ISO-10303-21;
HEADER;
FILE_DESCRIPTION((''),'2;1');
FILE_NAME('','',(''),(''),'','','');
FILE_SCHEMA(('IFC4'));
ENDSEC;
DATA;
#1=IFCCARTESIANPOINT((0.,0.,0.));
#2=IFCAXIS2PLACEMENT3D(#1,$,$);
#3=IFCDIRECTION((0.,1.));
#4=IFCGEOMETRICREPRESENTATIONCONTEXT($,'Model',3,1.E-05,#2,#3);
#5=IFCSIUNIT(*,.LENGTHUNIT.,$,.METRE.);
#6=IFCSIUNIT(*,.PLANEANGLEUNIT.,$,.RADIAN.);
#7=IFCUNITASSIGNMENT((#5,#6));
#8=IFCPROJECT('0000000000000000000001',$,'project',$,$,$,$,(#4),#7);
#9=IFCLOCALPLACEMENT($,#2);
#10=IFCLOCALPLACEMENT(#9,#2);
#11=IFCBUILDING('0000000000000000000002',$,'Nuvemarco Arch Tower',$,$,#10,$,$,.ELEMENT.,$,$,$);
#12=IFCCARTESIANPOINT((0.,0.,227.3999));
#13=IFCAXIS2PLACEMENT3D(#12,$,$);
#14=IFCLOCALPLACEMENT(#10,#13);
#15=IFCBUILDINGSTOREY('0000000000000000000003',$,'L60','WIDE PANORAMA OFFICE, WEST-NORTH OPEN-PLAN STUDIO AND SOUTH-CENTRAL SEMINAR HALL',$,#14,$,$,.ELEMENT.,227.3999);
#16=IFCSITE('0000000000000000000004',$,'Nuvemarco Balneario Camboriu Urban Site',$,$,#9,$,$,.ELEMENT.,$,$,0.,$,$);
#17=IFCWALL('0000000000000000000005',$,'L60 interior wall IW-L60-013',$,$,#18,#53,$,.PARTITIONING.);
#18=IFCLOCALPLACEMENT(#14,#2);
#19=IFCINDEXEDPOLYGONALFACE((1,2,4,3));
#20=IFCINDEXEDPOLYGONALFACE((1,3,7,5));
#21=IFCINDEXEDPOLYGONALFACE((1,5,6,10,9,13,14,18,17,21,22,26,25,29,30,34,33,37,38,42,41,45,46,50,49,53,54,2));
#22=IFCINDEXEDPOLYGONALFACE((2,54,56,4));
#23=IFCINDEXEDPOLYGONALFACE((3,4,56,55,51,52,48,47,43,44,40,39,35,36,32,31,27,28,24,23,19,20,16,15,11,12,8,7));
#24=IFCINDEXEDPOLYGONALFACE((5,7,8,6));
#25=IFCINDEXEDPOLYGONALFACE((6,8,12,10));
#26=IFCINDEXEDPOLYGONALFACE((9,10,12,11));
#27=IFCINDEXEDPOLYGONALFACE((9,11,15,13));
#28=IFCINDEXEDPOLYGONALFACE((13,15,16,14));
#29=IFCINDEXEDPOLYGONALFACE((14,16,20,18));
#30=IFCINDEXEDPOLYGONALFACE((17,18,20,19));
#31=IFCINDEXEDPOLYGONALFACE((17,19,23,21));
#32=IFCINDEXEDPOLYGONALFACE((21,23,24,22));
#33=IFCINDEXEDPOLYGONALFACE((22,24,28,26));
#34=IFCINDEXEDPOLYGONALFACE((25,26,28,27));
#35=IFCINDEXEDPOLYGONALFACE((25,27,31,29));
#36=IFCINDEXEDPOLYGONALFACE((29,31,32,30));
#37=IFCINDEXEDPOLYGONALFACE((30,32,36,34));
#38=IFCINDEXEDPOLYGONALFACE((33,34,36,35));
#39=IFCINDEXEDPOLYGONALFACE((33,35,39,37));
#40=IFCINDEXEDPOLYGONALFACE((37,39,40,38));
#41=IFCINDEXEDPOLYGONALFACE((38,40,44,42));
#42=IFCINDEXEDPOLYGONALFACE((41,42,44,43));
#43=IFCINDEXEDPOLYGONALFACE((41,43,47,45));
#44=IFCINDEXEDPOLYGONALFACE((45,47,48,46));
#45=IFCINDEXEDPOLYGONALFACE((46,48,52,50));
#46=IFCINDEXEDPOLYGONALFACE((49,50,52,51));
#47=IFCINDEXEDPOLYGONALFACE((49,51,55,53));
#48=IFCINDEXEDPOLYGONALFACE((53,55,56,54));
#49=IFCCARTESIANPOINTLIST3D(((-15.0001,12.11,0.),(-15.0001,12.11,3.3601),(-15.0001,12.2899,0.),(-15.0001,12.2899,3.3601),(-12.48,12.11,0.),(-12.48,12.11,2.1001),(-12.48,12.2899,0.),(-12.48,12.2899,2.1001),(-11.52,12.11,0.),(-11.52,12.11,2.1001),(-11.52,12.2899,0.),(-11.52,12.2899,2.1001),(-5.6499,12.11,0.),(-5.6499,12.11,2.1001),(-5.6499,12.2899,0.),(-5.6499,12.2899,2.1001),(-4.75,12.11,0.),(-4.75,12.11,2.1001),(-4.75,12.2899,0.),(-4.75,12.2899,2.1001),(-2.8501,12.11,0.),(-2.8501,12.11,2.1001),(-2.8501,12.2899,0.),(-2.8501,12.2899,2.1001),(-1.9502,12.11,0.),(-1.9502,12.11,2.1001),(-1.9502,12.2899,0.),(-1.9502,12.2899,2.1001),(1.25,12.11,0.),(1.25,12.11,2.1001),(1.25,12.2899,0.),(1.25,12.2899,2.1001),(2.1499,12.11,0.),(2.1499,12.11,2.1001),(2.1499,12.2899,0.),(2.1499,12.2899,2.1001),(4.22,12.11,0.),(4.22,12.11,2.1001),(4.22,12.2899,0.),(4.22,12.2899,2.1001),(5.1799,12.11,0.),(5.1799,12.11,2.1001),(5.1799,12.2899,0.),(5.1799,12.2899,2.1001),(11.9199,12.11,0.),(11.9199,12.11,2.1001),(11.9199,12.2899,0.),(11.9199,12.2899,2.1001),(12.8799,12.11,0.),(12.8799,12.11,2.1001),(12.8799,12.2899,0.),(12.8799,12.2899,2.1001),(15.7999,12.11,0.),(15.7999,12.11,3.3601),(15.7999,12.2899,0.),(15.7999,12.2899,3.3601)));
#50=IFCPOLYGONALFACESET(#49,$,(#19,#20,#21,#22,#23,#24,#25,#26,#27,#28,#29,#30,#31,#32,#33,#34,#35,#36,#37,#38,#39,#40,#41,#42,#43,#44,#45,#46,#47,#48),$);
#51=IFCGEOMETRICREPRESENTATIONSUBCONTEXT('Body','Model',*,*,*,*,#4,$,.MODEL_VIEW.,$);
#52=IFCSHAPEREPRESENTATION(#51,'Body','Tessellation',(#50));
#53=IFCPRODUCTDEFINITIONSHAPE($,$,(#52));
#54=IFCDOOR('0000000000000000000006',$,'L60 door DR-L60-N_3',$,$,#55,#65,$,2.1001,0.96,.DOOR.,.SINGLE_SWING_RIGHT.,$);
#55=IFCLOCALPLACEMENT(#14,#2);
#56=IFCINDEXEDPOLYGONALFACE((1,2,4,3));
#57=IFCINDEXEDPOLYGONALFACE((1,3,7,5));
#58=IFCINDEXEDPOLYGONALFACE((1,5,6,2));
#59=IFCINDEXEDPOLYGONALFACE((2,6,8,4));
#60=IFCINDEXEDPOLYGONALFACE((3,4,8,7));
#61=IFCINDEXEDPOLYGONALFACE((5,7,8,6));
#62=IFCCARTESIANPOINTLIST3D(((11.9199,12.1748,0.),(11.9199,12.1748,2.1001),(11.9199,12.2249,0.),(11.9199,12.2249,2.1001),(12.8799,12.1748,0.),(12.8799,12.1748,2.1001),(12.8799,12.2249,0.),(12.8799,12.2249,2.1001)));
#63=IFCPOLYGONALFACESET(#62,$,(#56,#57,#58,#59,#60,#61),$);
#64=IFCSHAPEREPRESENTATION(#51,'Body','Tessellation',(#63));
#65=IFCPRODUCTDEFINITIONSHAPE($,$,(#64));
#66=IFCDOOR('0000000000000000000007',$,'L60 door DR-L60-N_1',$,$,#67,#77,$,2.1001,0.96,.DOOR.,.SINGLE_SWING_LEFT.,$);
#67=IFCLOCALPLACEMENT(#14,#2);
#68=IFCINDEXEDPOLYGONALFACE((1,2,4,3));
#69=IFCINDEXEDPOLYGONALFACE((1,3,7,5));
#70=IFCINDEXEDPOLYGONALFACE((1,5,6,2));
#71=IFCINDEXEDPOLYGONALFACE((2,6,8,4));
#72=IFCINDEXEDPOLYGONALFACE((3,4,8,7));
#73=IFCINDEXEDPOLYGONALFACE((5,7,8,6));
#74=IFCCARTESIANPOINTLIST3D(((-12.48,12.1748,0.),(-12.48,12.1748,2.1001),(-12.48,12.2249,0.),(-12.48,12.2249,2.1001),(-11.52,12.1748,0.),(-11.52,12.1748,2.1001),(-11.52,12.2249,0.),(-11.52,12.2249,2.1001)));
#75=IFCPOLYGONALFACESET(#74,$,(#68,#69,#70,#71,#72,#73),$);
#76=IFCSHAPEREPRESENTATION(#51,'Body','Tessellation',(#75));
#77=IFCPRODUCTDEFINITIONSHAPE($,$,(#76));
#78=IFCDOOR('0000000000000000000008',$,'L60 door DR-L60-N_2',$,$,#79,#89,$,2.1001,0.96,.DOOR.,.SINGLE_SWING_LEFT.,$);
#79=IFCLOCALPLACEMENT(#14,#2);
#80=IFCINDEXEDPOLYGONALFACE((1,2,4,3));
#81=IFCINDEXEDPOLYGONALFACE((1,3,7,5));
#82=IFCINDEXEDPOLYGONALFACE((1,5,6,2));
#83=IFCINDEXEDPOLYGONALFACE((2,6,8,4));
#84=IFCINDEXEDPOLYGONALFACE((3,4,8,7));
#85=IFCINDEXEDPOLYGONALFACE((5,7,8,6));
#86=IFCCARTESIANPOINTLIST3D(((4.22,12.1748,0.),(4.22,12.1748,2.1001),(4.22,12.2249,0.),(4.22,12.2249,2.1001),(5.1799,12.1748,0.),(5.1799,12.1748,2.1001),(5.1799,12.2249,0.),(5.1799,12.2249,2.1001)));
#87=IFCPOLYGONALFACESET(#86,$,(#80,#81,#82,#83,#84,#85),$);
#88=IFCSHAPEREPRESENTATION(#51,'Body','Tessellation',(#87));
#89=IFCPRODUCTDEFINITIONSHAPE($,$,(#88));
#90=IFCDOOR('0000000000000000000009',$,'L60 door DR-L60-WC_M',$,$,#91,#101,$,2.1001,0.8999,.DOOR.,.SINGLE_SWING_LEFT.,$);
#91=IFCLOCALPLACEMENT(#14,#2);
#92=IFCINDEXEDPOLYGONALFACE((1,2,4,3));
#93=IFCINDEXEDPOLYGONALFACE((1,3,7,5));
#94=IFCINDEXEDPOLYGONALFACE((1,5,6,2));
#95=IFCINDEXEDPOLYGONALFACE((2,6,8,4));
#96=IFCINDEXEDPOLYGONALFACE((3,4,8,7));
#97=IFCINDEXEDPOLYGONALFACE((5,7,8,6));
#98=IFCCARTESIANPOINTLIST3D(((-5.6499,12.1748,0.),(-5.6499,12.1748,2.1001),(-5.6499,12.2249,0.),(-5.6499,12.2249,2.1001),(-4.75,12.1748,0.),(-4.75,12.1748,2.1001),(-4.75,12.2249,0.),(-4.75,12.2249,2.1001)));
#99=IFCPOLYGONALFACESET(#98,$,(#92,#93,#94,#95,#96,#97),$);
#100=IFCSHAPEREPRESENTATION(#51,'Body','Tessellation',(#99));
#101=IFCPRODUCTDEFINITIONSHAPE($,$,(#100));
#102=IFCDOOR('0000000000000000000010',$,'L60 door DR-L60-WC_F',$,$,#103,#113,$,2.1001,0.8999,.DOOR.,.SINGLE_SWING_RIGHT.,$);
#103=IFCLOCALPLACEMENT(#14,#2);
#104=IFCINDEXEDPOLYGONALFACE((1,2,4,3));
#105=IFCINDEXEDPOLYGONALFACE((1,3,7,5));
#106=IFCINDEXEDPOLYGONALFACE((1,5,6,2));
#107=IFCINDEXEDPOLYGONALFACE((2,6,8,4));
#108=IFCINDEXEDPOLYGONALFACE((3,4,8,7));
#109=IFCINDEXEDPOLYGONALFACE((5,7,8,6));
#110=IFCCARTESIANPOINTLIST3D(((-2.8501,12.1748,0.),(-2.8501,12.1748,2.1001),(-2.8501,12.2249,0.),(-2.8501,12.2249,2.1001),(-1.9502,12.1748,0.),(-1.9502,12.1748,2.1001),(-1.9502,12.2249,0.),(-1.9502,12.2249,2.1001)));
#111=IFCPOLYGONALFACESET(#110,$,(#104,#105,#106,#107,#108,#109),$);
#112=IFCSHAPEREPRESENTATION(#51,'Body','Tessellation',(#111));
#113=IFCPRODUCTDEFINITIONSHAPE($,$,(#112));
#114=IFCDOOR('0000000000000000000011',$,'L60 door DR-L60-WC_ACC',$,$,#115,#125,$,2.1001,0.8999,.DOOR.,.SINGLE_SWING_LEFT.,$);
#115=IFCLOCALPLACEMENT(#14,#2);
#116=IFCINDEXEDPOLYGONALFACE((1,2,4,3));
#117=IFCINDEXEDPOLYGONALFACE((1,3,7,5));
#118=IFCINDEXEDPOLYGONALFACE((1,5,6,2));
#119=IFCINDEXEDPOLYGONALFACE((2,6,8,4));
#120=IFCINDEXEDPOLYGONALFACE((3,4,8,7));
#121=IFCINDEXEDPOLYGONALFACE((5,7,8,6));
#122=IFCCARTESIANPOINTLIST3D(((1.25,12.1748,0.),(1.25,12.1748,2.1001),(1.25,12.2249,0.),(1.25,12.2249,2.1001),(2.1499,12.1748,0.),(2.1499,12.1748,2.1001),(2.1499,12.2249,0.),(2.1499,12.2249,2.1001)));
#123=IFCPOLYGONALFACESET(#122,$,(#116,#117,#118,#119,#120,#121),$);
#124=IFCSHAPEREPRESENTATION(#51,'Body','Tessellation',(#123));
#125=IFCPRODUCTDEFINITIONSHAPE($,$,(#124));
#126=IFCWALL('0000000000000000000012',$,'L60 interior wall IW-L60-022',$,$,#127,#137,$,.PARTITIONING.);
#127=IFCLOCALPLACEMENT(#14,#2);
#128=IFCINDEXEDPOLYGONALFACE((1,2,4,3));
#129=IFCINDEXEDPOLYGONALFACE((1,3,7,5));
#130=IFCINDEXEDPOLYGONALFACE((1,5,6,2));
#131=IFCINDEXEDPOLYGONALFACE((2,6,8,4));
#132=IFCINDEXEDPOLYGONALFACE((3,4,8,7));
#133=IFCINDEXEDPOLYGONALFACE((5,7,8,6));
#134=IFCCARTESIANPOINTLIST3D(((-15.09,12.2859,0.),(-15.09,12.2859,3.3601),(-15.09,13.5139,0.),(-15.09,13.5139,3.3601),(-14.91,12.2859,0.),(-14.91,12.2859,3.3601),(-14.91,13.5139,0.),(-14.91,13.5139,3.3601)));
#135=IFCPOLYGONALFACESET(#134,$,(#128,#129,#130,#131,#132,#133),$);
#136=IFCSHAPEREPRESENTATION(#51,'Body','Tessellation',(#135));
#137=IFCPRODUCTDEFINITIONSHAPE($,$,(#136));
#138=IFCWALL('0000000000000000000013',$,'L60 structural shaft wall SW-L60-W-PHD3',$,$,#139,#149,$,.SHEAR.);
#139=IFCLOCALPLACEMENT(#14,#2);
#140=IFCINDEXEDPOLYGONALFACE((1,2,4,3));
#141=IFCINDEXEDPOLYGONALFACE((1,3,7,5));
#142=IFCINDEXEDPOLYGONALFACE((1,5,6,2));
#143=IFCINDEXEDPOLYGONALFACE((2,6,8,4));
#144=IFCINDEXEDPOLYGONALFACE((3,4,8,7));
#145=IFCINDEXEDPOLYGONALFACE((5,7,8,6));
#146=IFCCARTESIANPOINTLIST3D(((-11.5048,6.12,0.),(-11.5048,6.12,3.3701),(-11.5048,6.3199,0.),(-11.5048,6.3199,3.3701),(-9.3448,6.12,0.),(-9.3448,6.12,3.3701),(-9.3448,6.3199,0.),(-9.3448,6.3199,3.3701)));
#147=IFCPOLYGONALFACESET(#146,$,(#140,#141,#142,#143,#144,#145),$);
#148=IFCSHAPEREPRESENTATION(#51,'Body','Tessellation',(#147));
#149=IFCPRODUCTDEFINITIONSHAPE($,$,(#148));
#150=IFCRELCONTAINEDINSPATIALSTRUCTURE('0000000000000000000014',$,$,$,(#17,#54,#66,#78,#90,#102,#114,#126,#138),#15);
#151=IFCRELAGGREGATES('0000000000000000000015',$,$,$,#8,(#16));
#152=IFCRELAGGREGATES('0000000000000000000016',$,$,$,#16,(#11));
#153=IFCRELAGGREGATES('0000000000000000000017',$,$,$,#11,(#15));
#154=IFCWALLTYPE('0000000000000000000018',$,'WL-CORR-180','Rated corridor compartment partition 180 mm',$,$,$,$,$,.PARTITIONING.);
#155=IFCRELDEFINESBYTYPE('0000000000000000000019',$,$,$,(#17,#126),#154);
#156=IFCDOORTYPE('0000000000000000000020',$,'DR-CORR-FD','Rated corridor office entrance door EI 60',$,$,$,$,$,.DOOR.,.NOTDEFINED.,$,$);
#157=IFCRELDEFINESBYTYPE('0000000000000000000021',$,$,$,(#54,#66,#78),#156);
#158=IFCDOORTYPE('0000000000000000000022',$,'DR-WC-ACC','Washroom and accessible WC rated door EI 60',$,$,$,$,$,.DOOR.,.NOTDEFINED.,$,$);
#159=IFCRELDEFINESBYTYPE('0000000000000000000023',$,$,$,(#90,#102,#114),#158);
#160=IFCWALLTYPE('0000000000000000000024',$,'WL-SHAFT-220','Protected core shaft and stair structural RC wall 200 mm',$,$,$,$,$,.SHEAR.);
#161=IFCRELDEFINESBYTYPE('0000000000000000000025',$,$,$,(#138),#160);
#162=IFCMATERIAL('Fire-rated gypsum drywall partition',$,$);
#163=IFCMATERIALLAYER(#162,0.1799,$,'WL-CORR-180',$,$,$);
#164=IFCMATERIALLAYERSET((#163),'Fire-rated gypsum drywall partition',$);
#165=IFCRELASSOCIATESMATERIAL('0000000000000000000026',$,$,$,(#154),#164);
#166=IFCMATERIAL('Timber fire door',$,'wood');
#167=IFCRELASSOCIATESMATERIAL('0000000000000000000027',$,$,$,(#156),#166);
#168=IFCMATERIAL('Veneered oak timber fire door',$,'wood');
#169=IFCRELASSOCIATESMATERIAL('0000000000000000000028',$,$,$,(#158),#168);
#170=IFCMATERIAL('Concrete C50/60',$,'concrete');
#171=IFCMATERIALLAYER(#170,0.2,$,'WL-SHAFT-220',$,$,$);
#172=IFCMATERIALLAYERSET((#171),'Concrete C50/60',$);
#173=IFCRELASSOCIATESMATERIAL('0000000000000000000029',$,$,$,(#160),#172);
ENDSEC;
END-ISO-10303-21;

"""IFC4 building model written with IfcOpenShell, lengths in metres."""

from ifc_helpers import new_model, si_unit, direction, frame, frame_2d, origin, place, context, subcontext, project, spatial, rectangle, extrude, source, transform, mapped, material, layer, layer_set, type_object, type_shapes, element, fill, save


model = new_model("IFC4")

# Units and contexts
model_context = context("Model", 3, precision=1e-05, world=origin(), true_north=direction((0.0, 1.0)))
body_context = subcontext(model_context, "Body", "Model", "MODEL_VIEW")
ifc_project = project(units=[si_unit("LENGTHUNIT", "METRE"), si_unit("PLANEANGLEUNIT", "RADIAN")], contexts=[model_context])

# Site, building, storey
site_placement = place(None, origin())
site = spatial("IfcSite", under=ifc_project, at=site_placement, Name="Nuvemarco Balneario Camboriu Urban Site", CompositionType="ELEMENT", RefElevation=0.0)
building_placement = place(site_placement, origin())
building = spatial("IfcBuilding", under=site, at=building_placement, Name="Nuvemarco Arch Tower", CompositionType="ELEMENT")
storey_placement = place(building_placement, frame((0.0, 0.0, 227.3999)))
storey = spatial("IfcBuildingStorey", under=building, at=storey_placement, Name="L60", Description="WIDE PANORAMA OFFICE, WEST-NORTH OPEN-PLAN STUDIO AND SOUTH-CENTRAL SEMINAR HALL", CompositionType="ELEMENT", Elevation=227.3999)

# Shared definitions
ifc_material_1 = material(Name="Concrete C50/60", Category="concrete")

# Shared definitions
ifc_material_2 = material(Name="Fire-rated gypsum drywall partition")
ifc_layer_1 = layer(ifc_material_2, 0.1799, Name="WL-CORR-180")
ifc_layer_set_1 = layer_set([ifc_layer_1], Name="Fire-rated gypsum drywall partition")
wall_type_1 = type_object("IfcWallType", Name="WL-CORR-180", Description="Rated corridor compartment partition 180 mm", PredefinedType="PARTITIONING", material=ifc_layer_set_1)

# Wall, openings, doors
wall_1_placement = place(storey_placement, frame((-15.0, 12.2, 0.0), z_axis=(0.0, 0.0, 1.0), x_axis=(1.0, 0.0, 0.0)))
wall_1 = element("IfcWall", 1, at=wall_1_placement, inside=storey, type_object=wall_type_1, Name="L60 interior wall IW-L60-013", PredefinedType="PARTITIONING", context=body_context, shape_type="SweptSolid", body=[
    extrude(rectangle(XDim=30.8, YDim=0.1799, at=frame_2d((15.3999, 0.0))), origin(), (0.0, 0.0, 1.0), 3.3601),
])
opening_1_placement = place(wall_1_placement, frame((26.9199, 0.0, 0.0)))
opening_1 = element("IfcOpeningElement", 2, at=opening_1_placement, cuts=wall_1, PredefinedType="OPENING", context=body_context, shape_type="SweptSolid", body=[
    extrude(rectangle(XDim=0.96, YDim=2.1001, at=frame_2d((0.48, 1.05))), frame((0.0, 0.0999, 0.0), z_axis=(0.0, -1.0, 0.0), x_axis=(1.0, 0.0, 0.0)), (0.0, 0.0, 1.0), 0.2),
])
opening_2_placement = place(wall_1_placement, frame((2.52, 0.0, 0.0)))
opening_2 = element("IfcOpeningElement", 3, at=opening_2_placement, cuts=wall_1, PredefinedType="OPENING", context=body_context, shape_type="SweptSolid", body=[
    extrude(rectangle(XDim=0.96, YDim=2.1001, at=frame_2d((0.48, 1.05))), frame((0.0, 0.0999, 0.0), z_axis=(0.0, -1.0, 0.0), x_axis=(1.0, 0.0, 0.0)), (0.0, 0.0, 1.0), 0.2),
])
opening_3_placement = place(wall_1_placement, frame((19.22, 0.0, 0.0)))
opening_3 = element("IfcOpeningElement", 4, at=opening_3_placement, cuts=wall_1, PredefinedType="OPENING", context=body_context, shape_type="SweptSolid", body=[
    extrude(rectangle(XDim=0.96, YDim=2.1001, at=frame_2d((0.48, 1.05))), frame((0.0, 0.0999, 0.0), z_axis=(0.0, -1.0, 0.0), x_axis=(1.0, 0.0, 0.0)), (0.0, 0.0, 1.0), 0.2),
])
opening_4_placement = place(wall_1_placement, frame((9.3501, 0.0, 0.0)))
opening_4 = element("IfcOpeningElement", 5, at=opening_4_placement, cuts=wall_1, PredefinedType="OPENING", context=body_context, shape_type="SweptSolid", body=[
    extrude(rectangle(XDim=0.8999, YDim=2.1001, at=frame_2d((0.45, 1.05))), frame((0.0, 0.0999, 0.0), z_axis=(0.0, -1.0, 0.0), x_axis=(1.0, 0.0, 0.0)), (0.0, 0.0, 1.0), 0.2),
])
opening_5_placement = place(wall_1_placement, frame((12.1499, 0.0, 0.0)))
opening_5 = element("IfcOpeningElement", 6, at=opening_5_placement, cuts=wall_1, PredefinedType="OPENING", context=body_context, shape_type="SweptSolid", body=[
    extrude(rectangle(XDim=0.8999, YDim=2.1001, at=frame_2d((0.45, 1.05))), frame((0.0, 0.0999, 0.0), z_axis=(0.0, -1.0, 0.0), x_axis=(1.0, 0.0, 0.0)), (0.0, 0.0, 1.0), 0.2),
])
opening_6_placement = place(wall_1_placement, frame((16.25, 0.0, 0.0)))
opening_6 = element("IfcOpeningElement", 7, at=opening_6_placement, cuts=wall_1, PredefinedType="OPENING", context=body_context, shape_type="SweptSolid", body=[
    extrude(rectangle(XDim=0.8999, YDim=2.1001, at=frame_2d((0.45, 1.05))), frame((0.0, 0.0999, 0.0), z_axis=(0.0, -1.0, 0.0), x_axis=(1.0, 0.0, 0.0)), (0.0, 0.0, 1.0), 0.2),
])
ifc_material_3 = material(Name="Timber fire door", Category="wood")
door_type_1 = type_object("IfcDoorType", Name="DR-CORR-FD", Description="Rated corridor office entrance door EI 60", OperationType="NOTDEFINED", PredefinedType="DOOR", material=ifc_material_3)
shared_shape_1 = source(origin(), body_context, "Body", "SweptSolid", [
    extrude(rectangle(XDim=0.96, YDim=2.1001, at=frame_2d((0.48, 1.05))), frame((0.0, 0.0249, 0.0), z_axis=(0.0, -1.0, 0.0), x_axis=(1.0, 0.0, 0.0)), (0.0, 0.0, 1.0), 0.05),
])
type_shapes(door_type_1, [shared_shape_1])
door_1_placement = place(opening_1_placement, origin())
door_1 = element("IfcDoor", 8, at=door_1_placement, inside=storey, type_object=door_type_1, Name="L60 door DR-L60-N_3", OperationType="SINGLE_SWING_RIGHT", OverallHeight=2.1001, OverallWidth=0.96, PredefinedType="DOOR", context=body_context, shape_type="MappedRepresentation", body=[
    mapped(shared_shape_1, transform((0.0, 0.0, 0.0), scale=1.0)),
])
fill(opening_1, door_1)
door_2_placement = place(opening_2_placement, origin())
door_2 = element("IfcDoor", 9, at=door_2_placement, inside=storey, type_object=door_type_1, Name="L60 door DR-L60-N_1", OperationType="SINGLE_SWING_LEFT", OverallHeight=2.1001, OverallWidth=0.96, PredefinedType="DOOR", context=body_context, shape_type="MappedRepresentation", body=[
    mapped(shared_shape_1, transform((0.0, 0.0, 0.0), scale=1.0)),
])
fill(opening_2, door_2)
door_3_placement = place(opening_3_placement, origin())
door_3 = element("IfcDoor", 10, at=door_3_placement, inside=storey, type_object=door_type_1, Name="L60 door DR-L60-N_2", OperationType="SINGLE_SWING_LEFT", OverallHeight=2.1001, OverallWidth=0.96, PredefinedType="DOOR", context=body_context, shape_type="MappedRepresentation", body=[
    mapped(shared_shape_1, transform((0.0, 0.0, 0.0), scale=1.0)),
])
fill(opening_3, door_3)
ifc_material_4 = material(Name="Veneered oak timber fire door", Category="wood")
door_type_2 = type_object("IfcDoorType", Name="DR-WC-ACC", Description="Washroom and accessible WC rated door EI 60", OperationType="NOTDEFINED", PredefinedType="DOOR", material=ifc_material_4)
shared_shape_2 = source(origin(), body_context, "Body", "SweptSolid", [
    extrude(rectangle(XDim=0.8999, YDim=2.1001, at=frame_2d((0.45, 1.05))), frame((0.0, 0.0249, 0.0), z_axis=(0.0, -1.0, 0.0), x_axis=(1.0, 0.0, 0.0)), (0.0, 0.0, 1.0), 0.05),
])
type_shapes(door_type_2, [shared_shape_2])
door_4_placement = place(opening_4_placement, origin())
door_4 = element("IfcDoor", 11, at=door_4_placement, inside=storey, type_object=door_type_2, Name="L60 door DR-L60-WC_M", OperationType="SINGLE_SWING_LEFT", OverallHeight=2.1001, OverallWidth=0.8999, PredefinedType="DOOR", context=body_context, shape_type="MappedRepresentation", body=[
    mapped(shared_shape_2, transform((0.0, 0.0, 0.0), scale=1.0)),
])
fill(opening_4, door_4)
door_5_placement = place(opening_5_placement, origin())
door_5 = element("IfcDoor", 12, at=door_5_placement, inside=storey, type_object=door_type_2, Name="L60 door DR-L60-WC_F", OperationType="SINGLE_SWING_RIGHT", OverallHeight=2.1001, OverallWidth=0.8999, PredefinedType="DOOR", context=body_context, shape_type="MappedRepresentation", body=[
    mapped(shared_shape_2, transform((0.0, 0.0, 0.0), scale=1.0)),
])
fill(opening_5, door_5)
door_6_placement = place(opening_6_placement, origin())
door_6 = element("IfcDoor", 13, at=door_6_placement, inside=storey, type_object=door_type_2, Name="L60 door DR-L60-WC_ACC", OperationType="SINGLE_SWING_LEFT", OverallHeight=2.1001, OverallWidth=0.8999, PredefinedType="DOOR", context=body_context, shape_type="MappedRepresentation", body=[
    mapped(shared_shape_2, transform((0.0, 0.0, 0.0), scale=1.0)),
])
fill(opening_6, door_6)

# Walls
wall_2_placement = place(storey_placement, frame((-15.0, 12.2859, 0.0), z_axis=(0.0, 0.0, 1.0), x_axis=(0.0, 1.0, 0.0)))
element("IfcWall", 14, at=wall_2_placement, inside=storey, type_object=wall_type_1, Name="L60 interior wall IW-L60-022", PredefinedType="PARTITIONING", context=body_context, shape_type="SweptSolid", body=[
    extrude(rectangle(XDim=1.228, YDim=0.1799, at=frame_2d((0.614, 0.0))), origin(), (0.0, 0.0, 1.0), 3.3601),
])
ifc_layer_2 = layer(ifc_material_1, 0.2, Name="WL-SHAFT-220")
ifc_layer_set_2 = layer_set([ifc_layer_2], Name="Concrete C50/60")
wall_type_2 = type_object("IfcWallType", Name="WL-SHAFT-220", Description="Protected core shaft and stair structural RC wall 200 mm", PredefinedType="SHEAR", material=ifc_layer_set_2)
wall_3_placement = place(storey_placement, frame((-11.5049, 6.22, 0.0), z_axis=(0.0, 0.0, 1.0), x_axis=(1.0, 0.0, 0.0)))
element("IfcWall", 15, at=wall_3_placement, inside=storey, type_object=wall_type_2, Name="L60 structural shaft wall SW-L60-W-PHD3", PredefinedType="SHEAR", context=body_context, shape_type="SweptSolid", body=[
    extrude(rectangle(XDim=2.1599, YDim=0.2, at=frame_2d((1.0801, 0.0))), origin(), (0.0, 0.0, 1.0), 3.3701),
])

save(model, "model.ifc")
